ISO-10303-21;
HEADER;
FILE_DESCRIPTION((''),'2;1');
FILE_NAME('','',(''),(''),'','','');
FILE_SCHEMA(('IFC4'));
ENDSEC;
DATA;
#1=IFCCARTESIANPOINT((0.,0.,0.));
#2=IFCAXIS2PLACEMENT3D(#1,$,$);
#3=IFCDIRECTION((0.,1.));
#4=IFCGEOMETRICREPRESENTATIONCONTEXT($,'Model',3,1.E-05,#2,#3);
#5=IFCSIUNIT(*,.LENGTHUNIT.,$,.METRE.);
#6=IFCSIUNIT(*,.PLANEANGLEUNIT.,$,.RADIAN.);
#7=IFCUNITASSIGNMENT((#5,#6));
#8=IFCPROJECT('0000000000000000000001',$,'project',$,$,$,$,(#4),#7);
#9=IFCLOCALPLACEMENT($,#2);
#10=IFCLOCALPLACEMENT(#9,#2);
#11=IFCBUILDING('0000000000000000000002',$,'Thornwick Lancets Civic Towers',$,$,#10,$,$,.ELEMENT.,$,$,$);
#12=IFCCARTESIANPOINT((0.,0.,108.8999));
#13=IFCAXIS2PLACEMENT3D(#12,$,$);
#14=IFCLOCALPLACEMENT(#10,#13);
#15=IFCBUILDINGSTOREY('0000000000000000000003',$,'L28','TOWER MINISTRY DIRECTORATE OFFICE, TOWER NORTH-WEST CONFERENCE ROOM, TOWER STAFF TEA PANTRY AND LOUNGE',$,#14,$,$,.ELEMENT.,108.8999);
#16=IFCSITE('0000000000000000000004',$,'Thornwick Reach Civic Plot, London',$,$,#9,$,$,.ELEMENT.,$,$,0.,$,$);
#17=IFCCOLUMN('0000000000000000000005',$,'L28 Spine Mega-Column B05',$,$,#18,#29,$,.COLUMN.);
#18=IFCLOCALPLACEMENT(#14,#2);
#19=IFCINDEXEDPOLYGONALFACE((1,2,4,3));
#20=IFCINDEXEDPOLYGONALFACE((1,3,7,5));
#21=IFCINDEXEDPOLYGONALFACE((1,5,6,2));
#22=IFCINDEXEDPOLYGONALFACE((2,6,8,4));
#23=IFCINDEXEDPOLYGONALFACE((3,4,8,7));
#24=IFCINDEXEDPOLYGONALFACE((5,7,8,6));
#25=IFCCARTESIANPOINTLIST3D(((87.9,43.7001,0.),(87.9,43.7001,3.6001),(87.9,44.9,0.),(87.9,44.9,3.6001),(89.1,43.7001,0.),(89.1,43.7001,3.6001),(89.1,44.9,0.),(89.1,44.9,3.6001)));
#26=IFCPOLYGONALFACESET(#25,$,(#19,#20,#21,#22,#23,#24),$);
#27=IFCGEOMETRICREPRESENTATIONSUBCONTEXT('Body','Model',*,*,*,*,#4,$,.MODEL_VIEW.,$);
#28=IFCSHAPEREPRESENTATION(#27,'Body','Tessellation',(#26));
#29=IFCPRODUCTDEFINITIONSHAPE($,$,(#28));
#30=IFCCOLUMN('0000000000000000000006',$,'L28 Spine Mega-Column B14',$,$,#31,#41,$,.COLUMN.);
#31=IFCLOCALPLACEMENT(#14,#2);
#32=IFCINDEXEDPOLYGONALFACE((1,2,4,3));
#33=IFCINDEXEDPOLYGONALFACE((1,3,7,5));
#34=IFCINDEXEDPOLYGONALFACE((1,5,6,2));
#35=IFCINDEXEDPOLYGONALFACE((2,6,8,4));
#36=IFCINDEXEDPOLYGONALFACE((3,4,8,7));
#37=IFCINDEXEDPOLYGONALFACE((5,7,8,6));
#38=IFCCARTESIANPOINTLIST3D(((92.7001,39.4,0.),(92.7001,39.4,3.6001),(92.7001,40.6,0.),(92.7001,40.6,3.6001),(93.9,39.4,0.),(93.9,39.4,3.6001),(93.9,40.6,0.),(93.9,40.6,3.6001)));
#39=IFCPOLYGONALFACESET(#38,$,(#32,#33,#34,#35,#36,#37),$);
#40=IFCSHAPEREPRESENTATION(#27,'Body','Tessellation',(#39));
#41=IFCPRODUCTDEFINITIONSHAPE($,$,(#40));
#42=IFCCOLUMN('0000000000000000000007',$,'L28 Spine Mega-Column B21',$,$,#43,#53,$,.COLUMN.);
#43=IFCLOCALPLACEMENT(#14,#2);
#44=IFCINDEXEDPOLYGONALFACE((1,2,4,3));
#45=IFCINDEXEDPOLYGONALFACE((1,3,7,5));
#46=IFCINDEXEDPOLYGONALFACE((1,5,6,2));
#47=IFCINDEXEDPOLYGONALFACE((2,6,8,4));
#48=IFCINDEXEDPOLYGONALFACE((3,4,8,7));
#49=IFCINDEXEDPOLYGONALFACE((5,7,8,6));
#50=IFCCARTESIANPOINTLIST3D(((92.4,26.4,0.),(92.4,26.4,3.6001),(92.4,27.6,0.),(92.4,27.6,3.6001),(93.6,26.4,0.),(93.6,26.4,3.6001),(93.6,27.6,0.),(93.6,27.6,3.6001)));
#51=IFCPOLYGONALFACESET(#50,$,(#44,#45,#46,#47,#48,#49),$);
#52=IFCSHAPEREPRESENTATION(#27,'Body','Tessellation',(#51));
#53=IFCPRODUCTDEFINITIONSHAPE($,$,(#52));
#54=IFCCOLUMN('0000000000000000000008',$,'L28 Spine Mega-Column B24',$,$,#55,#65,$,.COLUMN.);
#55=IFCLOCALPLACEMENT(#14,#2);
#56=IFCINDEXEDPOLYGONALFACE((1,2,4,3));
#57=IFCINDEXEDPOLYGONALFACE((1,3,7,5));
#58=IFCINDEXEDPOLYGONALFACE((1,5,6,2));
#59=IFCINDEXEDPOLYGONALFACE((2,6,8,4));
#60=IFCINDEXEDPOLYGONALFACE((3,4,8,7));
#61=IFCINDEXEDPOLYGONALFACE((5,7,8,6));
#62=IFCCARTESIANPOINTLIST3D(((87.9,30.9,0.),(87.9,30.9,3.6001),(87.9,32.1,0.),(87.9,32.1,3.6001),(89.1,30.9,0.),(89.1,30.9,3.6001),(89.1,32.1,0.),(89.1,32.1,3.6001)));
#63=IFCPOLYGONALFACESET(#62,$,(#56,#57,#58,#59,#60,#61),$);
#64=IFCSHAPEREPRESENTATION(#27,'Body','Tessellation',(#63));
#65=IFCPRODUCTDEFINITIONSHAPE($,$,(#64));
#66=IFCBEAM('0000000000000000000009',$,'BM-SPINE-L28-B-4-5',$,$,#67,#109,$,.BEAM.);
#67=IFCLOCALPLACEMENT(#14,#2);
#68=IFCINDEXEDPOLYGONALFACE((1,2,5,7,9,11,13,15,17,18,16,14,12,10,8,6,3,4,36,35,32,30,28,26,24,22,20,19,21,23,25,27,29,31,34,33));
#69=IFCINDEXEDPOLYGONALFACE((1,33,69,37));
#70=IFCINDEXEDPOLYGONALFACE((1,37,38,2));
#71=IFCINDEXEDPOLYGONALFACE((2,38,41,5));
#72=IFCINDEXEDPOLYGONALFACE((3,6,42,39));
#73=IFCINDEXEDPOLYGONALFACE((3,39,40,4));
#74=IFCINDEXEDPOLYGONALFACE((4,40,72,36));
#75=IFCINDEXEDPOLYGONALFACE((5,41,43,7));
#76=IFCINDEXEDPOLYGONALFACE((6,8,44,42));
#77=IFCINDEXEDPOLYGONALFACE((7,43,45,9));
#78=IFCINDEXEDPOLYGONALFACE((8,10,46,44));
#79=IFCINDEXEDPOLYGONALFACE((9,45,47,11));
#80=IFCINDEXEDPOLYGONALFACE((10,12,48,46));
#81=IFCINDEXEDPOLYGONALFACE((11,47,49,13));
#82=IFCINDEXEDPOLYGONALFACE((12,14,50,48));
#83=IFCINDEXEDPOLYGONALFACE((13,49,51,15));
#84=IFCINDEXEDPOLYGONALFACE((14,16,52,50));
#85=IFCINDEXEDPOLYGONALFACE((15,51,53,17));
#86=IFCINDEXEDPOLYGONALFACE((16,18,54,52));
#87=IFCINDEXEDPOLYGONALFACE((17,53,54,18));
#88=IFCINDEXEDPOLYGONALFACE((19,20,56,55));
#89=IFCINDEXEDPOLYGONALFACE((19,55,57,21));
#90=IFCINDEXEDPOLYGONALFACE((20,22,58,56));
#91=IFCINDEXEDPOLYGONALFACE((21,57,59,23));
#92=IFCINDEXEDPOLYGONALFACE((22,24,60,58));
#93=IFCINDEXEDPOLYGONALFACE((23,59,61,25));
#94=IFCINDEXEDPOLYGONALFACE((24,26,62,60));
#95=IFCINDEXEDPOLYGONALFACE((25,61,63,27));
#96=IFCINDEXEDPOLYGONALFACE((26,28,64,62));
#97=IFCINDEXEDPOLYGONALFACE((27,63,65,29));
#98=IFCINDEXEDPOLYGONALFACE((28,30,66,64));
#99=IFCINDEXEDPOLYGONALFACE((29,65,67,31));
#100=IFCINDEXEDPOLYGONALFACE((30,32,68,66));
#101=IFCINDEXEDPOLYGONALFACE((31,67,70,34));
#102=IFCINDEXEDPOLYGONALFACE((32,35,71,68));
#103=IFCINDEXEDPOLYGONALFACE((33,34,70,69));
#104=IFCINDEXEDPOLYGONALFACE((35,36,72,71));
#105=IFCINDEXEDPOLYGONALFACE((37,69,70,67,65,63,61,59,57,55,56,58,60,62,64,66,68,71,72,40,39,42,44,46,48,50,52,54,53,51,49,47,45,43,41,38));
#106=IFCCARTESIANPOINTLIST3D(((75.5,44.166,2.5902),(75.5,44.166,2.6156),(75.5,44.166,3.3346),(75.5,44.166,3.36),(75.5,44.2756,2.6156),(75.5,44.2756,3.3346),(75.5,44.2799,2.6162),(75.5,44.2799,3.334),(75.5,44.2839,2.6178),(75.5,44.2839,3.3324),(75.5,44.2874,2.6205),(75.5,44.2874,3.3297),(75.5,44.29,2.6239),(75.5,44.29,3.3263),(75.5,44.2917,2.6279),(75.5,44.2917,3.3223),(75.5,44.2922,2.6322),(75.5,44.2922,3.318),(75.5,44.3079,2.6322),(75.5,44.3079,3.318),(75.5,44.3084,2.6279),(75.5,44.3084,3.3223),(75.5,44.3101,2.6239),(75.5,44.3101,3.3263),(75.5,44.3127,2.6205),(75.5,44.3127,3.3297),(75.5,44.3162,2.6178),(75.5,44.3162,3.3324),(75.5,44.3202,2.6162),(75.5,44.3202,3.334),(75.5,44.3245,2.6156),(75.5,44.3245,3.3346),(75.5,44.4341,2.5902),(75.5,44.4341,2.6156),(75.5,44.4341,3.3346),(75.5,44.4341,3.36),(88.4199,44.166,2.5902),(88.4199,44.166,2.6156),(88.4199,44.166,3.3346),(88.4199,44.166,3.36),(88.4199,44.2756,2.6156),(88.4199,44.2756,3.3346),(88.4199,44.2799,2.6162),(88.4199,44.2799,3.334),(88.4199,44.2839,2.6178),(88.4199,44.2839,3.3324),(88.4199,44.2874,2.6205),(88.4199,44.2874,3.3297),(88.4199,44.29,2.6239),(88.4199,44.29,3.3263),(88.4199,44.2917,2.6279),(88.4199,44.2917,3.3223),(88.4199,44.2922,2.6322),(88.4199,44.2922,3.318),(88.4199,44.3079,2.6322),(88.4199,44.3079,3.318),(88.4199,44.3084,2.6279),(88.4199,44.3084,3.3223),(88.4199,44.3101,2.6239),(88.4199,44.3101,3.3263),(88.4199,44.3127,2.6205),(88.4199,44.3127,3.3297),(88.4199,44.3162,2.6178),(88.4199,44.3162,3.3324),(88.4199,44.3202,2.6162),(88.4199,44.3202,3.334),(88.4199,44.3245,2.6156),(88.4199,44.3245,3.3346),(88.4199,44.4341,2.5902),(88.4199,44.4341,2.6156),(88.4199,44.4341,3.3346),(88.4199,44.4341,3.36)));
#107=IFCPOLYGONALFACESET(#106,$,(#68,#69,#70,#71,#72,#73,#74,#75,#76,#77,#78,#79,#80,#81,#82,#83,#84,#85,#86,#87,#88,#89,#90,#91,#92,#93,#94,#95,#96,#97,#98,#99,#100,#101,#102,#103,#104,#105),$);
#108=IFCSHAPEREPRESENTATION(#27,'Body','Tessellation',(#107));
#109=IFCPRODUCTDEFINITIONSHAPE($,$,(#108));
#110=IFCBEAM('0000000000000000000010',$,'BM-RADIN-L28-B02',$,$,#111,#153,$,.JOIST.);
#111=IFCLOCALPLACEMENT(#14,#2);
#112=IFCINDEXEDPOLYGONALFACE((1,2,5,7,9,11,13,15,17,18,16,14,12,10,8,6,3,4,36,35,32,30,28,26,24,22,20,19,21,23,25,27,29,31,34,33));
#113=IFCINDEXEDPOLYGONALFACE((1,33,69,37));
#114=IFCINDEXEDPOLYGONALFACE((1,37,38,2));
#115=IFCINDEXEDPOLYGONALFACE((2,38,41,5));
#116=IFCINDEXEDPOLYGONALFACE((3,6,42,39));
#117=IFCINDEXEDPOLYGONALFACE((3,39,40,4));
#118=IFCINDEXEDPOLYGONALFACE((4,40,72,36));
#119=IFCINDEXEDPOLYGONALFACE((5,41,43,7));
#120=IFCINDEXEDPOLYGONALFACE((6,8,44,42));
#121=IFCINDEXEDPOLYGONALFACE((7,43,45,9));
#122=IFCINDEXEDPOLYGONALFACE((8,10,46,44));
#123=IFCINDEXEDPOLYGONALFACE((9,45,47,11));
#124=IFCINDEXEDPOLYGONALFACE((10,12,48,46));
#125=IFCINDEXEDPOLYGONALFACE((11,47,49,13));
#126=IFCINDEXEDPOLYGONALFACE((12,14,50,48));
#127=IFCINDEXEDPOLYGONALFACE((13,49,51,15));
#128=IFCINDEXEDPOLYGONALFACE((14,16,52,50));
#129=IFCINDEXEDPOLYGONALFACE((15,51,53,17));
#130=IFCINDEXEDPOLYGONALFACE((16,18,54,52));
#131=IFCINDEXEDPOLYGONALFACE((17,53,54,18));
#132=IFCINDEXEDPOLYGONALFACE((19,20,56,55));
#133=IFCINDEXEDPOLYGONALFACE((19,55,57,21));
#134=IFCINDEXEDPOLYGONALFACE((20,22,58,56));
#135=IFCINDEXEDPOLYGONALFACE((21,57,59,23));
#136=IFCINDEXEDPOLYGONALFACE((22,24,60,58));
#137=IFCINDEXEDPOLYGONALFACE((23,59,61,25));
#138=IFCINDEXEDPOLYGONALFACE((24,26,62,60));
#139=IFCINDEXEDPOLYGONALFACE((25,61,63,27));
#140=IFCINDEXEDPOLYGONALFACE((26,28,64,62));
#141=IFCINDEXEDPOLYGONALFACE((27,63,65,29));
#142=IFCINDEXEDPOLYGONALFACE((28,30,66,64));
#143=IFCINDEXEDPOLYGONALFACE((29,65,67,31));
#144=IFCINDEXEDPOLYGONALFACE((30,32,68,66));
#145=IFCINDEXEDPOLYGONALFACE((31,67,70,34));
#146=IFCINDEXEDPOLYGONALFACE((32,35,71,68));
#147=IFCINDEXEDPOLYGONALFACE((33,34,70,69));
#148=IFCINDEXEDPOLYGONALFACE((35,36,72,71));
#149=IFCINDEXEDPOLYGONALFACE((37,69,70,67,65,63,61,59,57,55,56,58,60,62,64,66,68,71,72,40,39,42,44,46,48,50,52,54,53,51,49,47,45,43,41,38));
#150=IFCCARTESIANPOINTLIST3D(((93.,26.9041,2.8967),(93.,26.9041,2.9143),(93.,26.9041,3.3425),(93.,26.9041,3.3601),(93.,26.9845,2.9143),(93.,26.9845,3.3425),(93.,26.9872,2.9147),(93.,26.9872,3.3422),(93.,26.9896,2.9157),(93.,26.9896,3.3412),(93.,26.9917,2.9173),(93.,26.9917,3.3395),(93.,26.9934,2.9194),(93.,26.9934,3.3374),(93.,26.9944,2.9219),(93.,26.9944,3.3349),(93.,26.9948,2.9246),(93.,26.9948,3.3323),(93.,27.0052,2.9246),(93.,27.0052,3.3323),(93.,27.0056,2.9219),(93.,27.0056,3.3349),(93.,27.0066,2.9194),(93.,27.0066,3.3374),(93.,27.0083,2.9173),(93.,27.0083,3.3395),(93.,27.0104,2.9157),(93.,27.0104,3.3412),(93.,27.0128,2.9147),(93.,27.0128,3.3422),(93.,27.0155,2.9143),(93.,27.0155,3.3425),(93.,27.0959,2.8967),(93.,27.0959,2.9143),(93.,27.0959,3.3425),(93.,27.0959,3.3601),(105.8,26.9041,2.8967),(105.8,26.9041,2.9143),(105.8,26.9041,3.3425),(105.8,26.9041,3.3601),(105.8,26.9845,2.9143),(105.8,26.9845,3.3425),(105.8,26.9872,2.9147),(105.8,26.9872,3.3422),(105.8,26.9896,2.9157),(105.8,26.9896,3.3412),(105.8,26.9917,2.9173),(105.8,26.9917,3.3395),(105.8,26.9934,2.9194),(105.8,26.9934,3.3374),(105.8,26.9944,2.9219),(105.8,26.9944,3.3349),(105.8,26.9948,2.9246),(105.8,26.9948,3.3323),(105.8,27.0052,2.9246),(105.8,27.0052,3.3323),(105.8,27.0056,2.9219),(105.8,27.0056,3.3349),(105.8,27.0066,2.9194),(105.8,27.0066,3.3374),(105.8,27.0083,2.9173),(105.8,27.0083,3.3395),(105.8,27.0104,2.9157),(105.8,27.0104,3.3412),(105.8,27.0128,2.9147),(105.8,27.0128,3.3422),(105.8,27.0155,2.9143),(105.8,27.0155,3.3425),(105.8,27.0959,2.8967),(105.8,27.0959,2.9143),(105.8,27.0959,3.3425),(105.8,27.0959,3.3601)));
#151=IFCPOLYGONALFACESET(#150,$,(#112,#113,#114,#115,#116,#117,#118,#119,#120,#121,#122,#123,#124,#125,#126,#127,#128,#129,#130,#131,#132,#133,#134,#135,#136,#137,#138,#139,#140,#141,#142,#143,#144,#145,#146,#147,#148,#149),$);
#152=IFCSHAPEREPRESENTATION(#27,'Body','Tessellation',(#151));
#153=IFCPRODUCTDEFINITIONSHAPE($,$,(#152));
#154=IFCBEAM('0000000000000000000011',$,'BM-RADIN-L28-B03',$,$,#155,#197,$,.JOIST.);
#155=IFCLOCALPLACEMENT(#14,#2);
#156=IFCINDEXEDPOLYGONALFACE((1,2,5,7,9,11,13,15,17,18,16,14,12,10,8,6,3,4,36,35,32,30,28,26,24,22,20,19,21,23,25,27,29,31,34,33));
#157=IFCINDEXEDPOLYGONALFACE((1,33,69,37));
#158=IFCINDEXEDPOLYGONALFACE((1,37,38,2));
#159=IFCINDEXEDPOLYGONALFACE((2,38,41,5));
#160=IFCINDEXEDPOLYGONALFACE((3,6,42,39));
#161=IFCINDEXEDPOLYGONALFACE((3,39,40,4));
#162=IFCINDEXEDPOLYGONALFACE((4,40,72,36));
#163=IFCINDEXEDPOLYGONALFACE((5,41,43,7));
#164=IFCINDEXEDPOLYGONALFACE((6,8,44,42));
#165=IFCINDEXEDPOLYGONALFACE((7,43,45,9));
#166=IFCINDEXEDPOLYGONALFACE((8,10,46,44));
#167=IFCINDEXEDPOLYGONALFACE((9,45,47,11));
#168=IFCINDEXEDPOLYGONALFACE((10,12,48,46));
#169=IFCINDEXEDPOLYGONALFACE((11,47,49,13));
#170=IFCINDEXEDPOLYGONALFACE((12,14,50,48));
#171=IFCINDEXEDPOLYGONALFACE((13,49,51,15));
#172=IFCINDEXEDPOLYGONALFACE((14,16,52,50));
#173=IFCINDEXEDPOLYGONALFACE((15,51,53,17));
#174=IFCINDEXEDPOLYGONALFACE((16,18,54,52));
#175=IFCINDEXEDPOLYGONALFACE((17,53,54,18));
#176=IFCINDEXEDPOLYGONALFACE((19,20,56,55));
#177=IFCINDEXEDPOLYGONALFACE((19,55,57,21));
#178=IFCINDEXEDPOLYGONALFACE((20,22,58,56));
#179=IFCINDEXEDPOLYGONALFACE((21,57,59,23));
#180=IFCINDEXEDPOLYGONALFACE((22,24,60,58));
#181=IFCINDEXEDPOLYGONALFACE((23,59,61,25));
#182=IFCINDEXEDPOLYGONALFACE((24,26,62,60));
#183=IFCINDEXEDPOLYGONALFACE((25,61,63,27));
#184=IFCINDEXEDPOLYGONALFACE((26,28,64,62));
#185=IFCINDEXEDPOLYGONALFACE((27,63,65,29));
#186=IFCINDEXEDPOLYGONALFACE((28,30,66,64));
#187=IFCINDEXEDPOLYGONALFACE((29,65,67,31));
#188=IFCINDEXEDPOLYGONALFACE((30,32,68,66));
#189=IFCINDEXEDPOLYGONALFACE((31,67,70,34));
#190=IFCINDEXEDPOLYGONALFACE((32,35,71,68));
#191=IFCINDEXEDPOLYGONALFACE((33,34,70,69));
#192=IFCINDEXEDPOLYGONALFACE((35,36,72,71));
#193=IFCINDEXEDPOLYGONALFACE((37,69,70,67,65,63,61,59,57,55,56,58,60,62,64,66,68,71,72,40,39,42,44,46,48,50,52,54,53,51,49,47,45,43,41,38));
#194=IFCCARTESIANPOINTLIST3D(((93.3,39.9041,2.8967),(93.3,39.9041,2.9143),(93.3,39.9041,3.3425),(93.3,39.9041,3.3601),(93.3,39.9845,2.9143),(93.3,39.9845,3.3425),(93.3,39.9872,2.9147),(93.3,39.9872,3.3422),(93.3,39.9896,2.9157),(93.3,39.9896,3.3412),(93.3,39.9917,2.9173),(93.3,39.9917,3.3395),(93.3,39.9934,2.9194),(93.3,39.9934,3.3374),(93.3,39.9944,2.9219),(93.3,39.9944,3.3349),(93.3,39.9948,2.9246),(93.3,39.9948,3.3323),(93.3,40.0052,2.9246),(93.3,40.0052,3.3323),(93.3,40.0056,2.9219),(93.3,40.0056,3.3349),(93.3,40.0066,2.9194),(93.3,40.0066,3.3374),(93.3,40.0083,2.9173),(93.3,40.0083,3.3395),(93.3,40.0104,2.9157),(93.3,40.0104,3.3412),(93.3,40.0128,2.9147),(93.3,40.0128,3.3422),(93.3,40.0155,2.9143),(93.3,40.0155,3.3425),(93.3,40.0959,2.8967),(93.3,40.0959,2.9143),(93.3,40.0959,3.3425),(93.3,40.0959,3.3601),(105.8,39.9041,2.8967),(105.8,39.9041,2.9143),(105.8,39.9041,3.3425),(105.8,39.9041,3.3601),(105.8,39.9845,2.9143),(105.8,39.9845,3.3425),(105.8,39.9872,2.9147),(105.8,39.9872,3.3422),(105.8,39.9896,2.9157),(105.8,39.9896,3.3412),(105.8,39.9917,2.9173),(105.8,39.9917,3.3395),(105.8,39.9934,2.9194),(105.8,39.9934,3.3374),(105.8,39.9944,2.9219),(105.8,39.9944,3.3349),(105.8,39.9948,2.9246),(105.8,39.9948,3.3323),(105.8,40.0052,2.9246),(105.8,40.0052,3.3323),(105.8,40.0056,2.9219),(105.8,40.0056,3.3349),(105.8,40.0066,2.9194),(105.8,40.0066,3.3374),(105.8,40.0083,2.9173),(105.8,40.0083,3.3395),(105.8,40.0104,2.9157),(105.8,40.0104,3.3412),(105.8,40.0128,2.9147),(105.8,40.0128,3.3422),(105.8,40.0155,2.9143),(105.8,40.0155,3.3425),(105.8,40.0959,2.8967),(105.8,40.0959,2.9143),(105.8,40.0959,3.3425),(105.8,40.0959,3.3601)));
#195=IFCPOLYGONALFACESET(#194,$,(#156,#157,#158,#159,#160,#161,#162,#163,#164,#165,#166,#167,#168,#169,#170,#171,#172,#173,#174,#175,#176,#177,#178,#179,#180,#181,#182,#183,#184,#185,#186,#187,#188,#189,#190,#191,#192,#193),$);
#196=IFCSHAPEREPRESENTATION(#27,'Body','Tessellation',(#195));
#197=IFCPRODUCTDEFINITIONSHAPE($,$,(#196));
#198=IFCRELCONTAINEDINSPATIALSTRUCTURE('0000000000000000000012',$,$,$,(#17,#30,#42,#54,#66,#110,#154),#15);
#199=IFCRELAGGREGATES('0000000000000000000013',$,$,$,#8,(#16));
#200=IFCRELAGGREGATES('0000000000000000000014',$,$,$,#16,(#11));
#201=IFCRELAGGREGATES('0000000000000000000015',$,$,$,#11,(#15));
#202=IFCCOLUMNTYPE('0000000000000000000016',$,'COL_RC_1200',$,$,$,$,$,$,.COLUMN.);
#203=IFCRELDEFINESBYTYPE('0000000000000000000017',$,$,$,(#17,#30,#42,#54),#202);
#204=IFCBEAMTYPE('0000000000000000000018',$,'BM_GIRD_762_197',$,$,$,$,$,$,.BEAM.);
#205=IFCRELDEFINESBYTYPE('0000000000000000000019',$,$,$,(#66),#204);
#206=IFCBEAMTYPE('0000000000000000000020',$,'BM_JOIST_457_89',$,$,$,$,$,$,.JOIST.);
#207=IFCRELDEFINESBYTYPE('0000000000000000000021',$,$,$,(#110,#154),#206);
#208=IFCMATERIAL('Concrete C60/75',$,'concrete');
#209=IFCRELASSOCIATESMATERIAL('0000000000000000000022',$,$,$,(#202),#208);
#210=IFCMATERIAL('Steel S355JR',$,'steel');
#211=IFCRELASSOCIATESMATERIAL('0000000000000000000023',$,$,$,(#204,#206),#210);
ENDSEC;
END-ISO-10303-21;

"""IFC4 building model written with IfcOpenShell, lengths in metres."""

from ifc_helpers import new_model, si_unit, direction, frame, origin, origin_2d, place, context, subcontext, project, spatial, rectangle, i_section, extrude, material, material_profile, profile_set, type_object, element, save


model = new_model("IFC4")

# Units and contexts
model_context = context("Model", 3, precision=1e-05, world=origin(), true_north=direction((0.0, 1.0)))
body_context = subcontext(model_context, "Body", "Model", "MODEL_VIEW")
ifc_project = project(units=[si_unit("LENGTHUNIT", "METRE"), si_unit("PLANEANGLEUNIT", "RADIAN")], contexts=[model_context])

# Site, building, storey
site_placement = place(None, origin())
site = spatial("IfcSite", under=ifc_project, at=site_placement, Name="Thornwick Reach Civic Plot, London", CompositionType="ELEMENT", RefElevation=0.0)
building_placement = place(site_placement, origin())
building = spatial("IfcBuilding", under=site, at=building_placement, Name="Thornwick Lancets Civic Towers", CompositionType="ELEMENT")
storey_placement = place(building_placement, frame((0.0, 0.0, 108.8999)))
storey = spatial("IfcBuildingStorey", under=building, at=storey_placement, Name="L28", Description="TOWER MINISTRY DIRECTORATE OFFICE, TOWER NORTH-WEST CONFERENCE ROOM, TOWER STAFF TEA PANTRY AND LOUNGE", CompositionType="ELEMENT", Elevation=108.8999)

# Columns
ifc_material_1 = material(Name="Concrete C60/75", Category="concrete")
ifc_material_profile_1 = material_profile(ifc_material_1, rectangle(XDim=1.2, YDim=1.2, at=origin_2d()), Name="RC 1200x1200")
ifc_profile_set_1 = profile_set([ifc_material_profile_1], Name="Concrete C60/75")
column_type = type_object("IfcColumnType", Name="COL_RC_1200", PredefinedType="COLUMN", material=ifc_profile_set_1)
for number, where, z_axis, x_axis, name in (
    (1, (88.5, 44.3, 0.0), (0.0, 0.0, 1.0), (1.0, 0.0, 0.0), "L28 Spine Mega-Column B05"),
    (2, (93.3, 40.0, 0.0), (0.0, 0.0, 1.0), (1.0, 0.0, 0.0), "L28 Spine Mega-Column B14"),
    (3, (93.0, 27.0, 0.0), (0.0, 0.0, 1.0), (1.0, 0.0, 0.0), "L28 Spine Mega-Column B21"),
    (4, (88.5, 31.5, 0.0), (0.0, 0.0, 1.0), (1.0, 0.0, 0.0), "L28 Spine Mega-Column B24"),
):
    element("IfcColumn", number, at=place(storey_placement, frame(where, z_axis=z_axis, x_axis=x_axis)), inside=storey, type_object=column_type, Name=name, PredefinedType="COLUMN", context=body_context, shape_type="SweptSolid", body=[
        extrude(rectangle(XDim=1.2, YDim=1.2, at=origin_2d()), origin(), (0.0, 0.0, 1.0), 3.6001),
    ])

# Beams
ifc_material_2 = material(Name="Steel S355JR", Category="steel")
ifc_material_profile_2 = material_profile(ifc_material_2, i_section(OverallWidth=0.2681, OverallDepth=0.7698, WebThickness=0.0156, FlangeThickness=0.0254, FilletRadius=0.0166, at=origin_2d()), Name="UKB 762x267x197")
ifc_profile_set_2 = profile_set([ifc_material_profile_2], Name="Steel S355JR")
beam_type_1 = type_object("IfcBeamType", Name="BM_GIRD_762_197", PredefinedType="BEAM", material=ifc_profile_set_2)
beam_1_placement = place(storey_placement, frame((88.4199, 44.3, 2.9751), z_axis=(-1.0, 0.0, 0.0), x_axis=(0.0, -1.0, 0.0)))
element("IfcBeam", 5, at=beam_1_placement, inside=storey, type_object=beam_type_1, Name="BM-SPINE-L28-B-4-5", PredefinedType="BEAM", context=body_context, shape_type="SweptSolid", body=[
    extrude(i_section(OverallWidth=0.2681, OverallDepth=0.7698, WebThickness=0.0156, FlangeThickness=0.0254, FilletRadius=0.0166, at=origin_2d()), origin(), (0.0, 0.0, 1.0), 12.9199),
])
ifc_material_profile_3 = material_profile(ifc_material_2, i_section(OverallWidth=0.1919, OverallDepth=0.4634, WebThickness=0.0105, FlangeThickness=0.0176, FilletRadius=0.0103, at=origin_2d()), Name="UKB 457x191x89")
ifc_profile_set_3 = profile_set([ifc_material_profile_3], Name="Steel S355JR")
beam_type_2 = type_object("IfcBeamType", Name="BM_JOIST_457_89", PredefinedType="JOIST", material=ifc_profile_set_3)
beam_2_placement = place(storey_placement, frame((93.0, 27.0, 3.1284), z_axis=(1.0, 0.0, 0.0), x_axis=(0.0, 1.0, 0.0)))
element("IfcBeam", 6, at=beam_2_placement, inside=storey, type_object=beam_type_2, Name="BM-RADIN-L28-B02", PredefinedType="JOIST", context=body_context, shape_type="SweptSolid", body=[
    extrude(i_section(OverallWidth=0.1919, OverallDepth=0.4634, WebThickness=0.0105, FlangeThickness=0.0176, FilletRadius=0.0103, at=origin_2d()), origin(), (0.0, 0.0, 1.0), 12.8),
])
beam_3_placement = place(storey_placement, frame((93.3, 40.0, 3.1284), z_axis=(1.0, 0.0, 0.0), x_axis=(0.0, 1.0, 0.0)))
element("IfcBeam", 7, at=beam_3_placement, inside=storey, type_object=beam_type_2, Name="BM-RADIN-L28-B03", PredefinedType="JOIST", context=body_context, shape_type="SweptSolid", body=[
    extrude(i_section(OverallWidth=0.1919, OverallDepth=0.4634, WebThickness=0.0105, FlangeThickness=0.0176, FilletRadius=0.0103, at=origin_2d()), origin(), (0.0, 0.0, 1.0), 12.5),
])

save(model, "model.ifc")
